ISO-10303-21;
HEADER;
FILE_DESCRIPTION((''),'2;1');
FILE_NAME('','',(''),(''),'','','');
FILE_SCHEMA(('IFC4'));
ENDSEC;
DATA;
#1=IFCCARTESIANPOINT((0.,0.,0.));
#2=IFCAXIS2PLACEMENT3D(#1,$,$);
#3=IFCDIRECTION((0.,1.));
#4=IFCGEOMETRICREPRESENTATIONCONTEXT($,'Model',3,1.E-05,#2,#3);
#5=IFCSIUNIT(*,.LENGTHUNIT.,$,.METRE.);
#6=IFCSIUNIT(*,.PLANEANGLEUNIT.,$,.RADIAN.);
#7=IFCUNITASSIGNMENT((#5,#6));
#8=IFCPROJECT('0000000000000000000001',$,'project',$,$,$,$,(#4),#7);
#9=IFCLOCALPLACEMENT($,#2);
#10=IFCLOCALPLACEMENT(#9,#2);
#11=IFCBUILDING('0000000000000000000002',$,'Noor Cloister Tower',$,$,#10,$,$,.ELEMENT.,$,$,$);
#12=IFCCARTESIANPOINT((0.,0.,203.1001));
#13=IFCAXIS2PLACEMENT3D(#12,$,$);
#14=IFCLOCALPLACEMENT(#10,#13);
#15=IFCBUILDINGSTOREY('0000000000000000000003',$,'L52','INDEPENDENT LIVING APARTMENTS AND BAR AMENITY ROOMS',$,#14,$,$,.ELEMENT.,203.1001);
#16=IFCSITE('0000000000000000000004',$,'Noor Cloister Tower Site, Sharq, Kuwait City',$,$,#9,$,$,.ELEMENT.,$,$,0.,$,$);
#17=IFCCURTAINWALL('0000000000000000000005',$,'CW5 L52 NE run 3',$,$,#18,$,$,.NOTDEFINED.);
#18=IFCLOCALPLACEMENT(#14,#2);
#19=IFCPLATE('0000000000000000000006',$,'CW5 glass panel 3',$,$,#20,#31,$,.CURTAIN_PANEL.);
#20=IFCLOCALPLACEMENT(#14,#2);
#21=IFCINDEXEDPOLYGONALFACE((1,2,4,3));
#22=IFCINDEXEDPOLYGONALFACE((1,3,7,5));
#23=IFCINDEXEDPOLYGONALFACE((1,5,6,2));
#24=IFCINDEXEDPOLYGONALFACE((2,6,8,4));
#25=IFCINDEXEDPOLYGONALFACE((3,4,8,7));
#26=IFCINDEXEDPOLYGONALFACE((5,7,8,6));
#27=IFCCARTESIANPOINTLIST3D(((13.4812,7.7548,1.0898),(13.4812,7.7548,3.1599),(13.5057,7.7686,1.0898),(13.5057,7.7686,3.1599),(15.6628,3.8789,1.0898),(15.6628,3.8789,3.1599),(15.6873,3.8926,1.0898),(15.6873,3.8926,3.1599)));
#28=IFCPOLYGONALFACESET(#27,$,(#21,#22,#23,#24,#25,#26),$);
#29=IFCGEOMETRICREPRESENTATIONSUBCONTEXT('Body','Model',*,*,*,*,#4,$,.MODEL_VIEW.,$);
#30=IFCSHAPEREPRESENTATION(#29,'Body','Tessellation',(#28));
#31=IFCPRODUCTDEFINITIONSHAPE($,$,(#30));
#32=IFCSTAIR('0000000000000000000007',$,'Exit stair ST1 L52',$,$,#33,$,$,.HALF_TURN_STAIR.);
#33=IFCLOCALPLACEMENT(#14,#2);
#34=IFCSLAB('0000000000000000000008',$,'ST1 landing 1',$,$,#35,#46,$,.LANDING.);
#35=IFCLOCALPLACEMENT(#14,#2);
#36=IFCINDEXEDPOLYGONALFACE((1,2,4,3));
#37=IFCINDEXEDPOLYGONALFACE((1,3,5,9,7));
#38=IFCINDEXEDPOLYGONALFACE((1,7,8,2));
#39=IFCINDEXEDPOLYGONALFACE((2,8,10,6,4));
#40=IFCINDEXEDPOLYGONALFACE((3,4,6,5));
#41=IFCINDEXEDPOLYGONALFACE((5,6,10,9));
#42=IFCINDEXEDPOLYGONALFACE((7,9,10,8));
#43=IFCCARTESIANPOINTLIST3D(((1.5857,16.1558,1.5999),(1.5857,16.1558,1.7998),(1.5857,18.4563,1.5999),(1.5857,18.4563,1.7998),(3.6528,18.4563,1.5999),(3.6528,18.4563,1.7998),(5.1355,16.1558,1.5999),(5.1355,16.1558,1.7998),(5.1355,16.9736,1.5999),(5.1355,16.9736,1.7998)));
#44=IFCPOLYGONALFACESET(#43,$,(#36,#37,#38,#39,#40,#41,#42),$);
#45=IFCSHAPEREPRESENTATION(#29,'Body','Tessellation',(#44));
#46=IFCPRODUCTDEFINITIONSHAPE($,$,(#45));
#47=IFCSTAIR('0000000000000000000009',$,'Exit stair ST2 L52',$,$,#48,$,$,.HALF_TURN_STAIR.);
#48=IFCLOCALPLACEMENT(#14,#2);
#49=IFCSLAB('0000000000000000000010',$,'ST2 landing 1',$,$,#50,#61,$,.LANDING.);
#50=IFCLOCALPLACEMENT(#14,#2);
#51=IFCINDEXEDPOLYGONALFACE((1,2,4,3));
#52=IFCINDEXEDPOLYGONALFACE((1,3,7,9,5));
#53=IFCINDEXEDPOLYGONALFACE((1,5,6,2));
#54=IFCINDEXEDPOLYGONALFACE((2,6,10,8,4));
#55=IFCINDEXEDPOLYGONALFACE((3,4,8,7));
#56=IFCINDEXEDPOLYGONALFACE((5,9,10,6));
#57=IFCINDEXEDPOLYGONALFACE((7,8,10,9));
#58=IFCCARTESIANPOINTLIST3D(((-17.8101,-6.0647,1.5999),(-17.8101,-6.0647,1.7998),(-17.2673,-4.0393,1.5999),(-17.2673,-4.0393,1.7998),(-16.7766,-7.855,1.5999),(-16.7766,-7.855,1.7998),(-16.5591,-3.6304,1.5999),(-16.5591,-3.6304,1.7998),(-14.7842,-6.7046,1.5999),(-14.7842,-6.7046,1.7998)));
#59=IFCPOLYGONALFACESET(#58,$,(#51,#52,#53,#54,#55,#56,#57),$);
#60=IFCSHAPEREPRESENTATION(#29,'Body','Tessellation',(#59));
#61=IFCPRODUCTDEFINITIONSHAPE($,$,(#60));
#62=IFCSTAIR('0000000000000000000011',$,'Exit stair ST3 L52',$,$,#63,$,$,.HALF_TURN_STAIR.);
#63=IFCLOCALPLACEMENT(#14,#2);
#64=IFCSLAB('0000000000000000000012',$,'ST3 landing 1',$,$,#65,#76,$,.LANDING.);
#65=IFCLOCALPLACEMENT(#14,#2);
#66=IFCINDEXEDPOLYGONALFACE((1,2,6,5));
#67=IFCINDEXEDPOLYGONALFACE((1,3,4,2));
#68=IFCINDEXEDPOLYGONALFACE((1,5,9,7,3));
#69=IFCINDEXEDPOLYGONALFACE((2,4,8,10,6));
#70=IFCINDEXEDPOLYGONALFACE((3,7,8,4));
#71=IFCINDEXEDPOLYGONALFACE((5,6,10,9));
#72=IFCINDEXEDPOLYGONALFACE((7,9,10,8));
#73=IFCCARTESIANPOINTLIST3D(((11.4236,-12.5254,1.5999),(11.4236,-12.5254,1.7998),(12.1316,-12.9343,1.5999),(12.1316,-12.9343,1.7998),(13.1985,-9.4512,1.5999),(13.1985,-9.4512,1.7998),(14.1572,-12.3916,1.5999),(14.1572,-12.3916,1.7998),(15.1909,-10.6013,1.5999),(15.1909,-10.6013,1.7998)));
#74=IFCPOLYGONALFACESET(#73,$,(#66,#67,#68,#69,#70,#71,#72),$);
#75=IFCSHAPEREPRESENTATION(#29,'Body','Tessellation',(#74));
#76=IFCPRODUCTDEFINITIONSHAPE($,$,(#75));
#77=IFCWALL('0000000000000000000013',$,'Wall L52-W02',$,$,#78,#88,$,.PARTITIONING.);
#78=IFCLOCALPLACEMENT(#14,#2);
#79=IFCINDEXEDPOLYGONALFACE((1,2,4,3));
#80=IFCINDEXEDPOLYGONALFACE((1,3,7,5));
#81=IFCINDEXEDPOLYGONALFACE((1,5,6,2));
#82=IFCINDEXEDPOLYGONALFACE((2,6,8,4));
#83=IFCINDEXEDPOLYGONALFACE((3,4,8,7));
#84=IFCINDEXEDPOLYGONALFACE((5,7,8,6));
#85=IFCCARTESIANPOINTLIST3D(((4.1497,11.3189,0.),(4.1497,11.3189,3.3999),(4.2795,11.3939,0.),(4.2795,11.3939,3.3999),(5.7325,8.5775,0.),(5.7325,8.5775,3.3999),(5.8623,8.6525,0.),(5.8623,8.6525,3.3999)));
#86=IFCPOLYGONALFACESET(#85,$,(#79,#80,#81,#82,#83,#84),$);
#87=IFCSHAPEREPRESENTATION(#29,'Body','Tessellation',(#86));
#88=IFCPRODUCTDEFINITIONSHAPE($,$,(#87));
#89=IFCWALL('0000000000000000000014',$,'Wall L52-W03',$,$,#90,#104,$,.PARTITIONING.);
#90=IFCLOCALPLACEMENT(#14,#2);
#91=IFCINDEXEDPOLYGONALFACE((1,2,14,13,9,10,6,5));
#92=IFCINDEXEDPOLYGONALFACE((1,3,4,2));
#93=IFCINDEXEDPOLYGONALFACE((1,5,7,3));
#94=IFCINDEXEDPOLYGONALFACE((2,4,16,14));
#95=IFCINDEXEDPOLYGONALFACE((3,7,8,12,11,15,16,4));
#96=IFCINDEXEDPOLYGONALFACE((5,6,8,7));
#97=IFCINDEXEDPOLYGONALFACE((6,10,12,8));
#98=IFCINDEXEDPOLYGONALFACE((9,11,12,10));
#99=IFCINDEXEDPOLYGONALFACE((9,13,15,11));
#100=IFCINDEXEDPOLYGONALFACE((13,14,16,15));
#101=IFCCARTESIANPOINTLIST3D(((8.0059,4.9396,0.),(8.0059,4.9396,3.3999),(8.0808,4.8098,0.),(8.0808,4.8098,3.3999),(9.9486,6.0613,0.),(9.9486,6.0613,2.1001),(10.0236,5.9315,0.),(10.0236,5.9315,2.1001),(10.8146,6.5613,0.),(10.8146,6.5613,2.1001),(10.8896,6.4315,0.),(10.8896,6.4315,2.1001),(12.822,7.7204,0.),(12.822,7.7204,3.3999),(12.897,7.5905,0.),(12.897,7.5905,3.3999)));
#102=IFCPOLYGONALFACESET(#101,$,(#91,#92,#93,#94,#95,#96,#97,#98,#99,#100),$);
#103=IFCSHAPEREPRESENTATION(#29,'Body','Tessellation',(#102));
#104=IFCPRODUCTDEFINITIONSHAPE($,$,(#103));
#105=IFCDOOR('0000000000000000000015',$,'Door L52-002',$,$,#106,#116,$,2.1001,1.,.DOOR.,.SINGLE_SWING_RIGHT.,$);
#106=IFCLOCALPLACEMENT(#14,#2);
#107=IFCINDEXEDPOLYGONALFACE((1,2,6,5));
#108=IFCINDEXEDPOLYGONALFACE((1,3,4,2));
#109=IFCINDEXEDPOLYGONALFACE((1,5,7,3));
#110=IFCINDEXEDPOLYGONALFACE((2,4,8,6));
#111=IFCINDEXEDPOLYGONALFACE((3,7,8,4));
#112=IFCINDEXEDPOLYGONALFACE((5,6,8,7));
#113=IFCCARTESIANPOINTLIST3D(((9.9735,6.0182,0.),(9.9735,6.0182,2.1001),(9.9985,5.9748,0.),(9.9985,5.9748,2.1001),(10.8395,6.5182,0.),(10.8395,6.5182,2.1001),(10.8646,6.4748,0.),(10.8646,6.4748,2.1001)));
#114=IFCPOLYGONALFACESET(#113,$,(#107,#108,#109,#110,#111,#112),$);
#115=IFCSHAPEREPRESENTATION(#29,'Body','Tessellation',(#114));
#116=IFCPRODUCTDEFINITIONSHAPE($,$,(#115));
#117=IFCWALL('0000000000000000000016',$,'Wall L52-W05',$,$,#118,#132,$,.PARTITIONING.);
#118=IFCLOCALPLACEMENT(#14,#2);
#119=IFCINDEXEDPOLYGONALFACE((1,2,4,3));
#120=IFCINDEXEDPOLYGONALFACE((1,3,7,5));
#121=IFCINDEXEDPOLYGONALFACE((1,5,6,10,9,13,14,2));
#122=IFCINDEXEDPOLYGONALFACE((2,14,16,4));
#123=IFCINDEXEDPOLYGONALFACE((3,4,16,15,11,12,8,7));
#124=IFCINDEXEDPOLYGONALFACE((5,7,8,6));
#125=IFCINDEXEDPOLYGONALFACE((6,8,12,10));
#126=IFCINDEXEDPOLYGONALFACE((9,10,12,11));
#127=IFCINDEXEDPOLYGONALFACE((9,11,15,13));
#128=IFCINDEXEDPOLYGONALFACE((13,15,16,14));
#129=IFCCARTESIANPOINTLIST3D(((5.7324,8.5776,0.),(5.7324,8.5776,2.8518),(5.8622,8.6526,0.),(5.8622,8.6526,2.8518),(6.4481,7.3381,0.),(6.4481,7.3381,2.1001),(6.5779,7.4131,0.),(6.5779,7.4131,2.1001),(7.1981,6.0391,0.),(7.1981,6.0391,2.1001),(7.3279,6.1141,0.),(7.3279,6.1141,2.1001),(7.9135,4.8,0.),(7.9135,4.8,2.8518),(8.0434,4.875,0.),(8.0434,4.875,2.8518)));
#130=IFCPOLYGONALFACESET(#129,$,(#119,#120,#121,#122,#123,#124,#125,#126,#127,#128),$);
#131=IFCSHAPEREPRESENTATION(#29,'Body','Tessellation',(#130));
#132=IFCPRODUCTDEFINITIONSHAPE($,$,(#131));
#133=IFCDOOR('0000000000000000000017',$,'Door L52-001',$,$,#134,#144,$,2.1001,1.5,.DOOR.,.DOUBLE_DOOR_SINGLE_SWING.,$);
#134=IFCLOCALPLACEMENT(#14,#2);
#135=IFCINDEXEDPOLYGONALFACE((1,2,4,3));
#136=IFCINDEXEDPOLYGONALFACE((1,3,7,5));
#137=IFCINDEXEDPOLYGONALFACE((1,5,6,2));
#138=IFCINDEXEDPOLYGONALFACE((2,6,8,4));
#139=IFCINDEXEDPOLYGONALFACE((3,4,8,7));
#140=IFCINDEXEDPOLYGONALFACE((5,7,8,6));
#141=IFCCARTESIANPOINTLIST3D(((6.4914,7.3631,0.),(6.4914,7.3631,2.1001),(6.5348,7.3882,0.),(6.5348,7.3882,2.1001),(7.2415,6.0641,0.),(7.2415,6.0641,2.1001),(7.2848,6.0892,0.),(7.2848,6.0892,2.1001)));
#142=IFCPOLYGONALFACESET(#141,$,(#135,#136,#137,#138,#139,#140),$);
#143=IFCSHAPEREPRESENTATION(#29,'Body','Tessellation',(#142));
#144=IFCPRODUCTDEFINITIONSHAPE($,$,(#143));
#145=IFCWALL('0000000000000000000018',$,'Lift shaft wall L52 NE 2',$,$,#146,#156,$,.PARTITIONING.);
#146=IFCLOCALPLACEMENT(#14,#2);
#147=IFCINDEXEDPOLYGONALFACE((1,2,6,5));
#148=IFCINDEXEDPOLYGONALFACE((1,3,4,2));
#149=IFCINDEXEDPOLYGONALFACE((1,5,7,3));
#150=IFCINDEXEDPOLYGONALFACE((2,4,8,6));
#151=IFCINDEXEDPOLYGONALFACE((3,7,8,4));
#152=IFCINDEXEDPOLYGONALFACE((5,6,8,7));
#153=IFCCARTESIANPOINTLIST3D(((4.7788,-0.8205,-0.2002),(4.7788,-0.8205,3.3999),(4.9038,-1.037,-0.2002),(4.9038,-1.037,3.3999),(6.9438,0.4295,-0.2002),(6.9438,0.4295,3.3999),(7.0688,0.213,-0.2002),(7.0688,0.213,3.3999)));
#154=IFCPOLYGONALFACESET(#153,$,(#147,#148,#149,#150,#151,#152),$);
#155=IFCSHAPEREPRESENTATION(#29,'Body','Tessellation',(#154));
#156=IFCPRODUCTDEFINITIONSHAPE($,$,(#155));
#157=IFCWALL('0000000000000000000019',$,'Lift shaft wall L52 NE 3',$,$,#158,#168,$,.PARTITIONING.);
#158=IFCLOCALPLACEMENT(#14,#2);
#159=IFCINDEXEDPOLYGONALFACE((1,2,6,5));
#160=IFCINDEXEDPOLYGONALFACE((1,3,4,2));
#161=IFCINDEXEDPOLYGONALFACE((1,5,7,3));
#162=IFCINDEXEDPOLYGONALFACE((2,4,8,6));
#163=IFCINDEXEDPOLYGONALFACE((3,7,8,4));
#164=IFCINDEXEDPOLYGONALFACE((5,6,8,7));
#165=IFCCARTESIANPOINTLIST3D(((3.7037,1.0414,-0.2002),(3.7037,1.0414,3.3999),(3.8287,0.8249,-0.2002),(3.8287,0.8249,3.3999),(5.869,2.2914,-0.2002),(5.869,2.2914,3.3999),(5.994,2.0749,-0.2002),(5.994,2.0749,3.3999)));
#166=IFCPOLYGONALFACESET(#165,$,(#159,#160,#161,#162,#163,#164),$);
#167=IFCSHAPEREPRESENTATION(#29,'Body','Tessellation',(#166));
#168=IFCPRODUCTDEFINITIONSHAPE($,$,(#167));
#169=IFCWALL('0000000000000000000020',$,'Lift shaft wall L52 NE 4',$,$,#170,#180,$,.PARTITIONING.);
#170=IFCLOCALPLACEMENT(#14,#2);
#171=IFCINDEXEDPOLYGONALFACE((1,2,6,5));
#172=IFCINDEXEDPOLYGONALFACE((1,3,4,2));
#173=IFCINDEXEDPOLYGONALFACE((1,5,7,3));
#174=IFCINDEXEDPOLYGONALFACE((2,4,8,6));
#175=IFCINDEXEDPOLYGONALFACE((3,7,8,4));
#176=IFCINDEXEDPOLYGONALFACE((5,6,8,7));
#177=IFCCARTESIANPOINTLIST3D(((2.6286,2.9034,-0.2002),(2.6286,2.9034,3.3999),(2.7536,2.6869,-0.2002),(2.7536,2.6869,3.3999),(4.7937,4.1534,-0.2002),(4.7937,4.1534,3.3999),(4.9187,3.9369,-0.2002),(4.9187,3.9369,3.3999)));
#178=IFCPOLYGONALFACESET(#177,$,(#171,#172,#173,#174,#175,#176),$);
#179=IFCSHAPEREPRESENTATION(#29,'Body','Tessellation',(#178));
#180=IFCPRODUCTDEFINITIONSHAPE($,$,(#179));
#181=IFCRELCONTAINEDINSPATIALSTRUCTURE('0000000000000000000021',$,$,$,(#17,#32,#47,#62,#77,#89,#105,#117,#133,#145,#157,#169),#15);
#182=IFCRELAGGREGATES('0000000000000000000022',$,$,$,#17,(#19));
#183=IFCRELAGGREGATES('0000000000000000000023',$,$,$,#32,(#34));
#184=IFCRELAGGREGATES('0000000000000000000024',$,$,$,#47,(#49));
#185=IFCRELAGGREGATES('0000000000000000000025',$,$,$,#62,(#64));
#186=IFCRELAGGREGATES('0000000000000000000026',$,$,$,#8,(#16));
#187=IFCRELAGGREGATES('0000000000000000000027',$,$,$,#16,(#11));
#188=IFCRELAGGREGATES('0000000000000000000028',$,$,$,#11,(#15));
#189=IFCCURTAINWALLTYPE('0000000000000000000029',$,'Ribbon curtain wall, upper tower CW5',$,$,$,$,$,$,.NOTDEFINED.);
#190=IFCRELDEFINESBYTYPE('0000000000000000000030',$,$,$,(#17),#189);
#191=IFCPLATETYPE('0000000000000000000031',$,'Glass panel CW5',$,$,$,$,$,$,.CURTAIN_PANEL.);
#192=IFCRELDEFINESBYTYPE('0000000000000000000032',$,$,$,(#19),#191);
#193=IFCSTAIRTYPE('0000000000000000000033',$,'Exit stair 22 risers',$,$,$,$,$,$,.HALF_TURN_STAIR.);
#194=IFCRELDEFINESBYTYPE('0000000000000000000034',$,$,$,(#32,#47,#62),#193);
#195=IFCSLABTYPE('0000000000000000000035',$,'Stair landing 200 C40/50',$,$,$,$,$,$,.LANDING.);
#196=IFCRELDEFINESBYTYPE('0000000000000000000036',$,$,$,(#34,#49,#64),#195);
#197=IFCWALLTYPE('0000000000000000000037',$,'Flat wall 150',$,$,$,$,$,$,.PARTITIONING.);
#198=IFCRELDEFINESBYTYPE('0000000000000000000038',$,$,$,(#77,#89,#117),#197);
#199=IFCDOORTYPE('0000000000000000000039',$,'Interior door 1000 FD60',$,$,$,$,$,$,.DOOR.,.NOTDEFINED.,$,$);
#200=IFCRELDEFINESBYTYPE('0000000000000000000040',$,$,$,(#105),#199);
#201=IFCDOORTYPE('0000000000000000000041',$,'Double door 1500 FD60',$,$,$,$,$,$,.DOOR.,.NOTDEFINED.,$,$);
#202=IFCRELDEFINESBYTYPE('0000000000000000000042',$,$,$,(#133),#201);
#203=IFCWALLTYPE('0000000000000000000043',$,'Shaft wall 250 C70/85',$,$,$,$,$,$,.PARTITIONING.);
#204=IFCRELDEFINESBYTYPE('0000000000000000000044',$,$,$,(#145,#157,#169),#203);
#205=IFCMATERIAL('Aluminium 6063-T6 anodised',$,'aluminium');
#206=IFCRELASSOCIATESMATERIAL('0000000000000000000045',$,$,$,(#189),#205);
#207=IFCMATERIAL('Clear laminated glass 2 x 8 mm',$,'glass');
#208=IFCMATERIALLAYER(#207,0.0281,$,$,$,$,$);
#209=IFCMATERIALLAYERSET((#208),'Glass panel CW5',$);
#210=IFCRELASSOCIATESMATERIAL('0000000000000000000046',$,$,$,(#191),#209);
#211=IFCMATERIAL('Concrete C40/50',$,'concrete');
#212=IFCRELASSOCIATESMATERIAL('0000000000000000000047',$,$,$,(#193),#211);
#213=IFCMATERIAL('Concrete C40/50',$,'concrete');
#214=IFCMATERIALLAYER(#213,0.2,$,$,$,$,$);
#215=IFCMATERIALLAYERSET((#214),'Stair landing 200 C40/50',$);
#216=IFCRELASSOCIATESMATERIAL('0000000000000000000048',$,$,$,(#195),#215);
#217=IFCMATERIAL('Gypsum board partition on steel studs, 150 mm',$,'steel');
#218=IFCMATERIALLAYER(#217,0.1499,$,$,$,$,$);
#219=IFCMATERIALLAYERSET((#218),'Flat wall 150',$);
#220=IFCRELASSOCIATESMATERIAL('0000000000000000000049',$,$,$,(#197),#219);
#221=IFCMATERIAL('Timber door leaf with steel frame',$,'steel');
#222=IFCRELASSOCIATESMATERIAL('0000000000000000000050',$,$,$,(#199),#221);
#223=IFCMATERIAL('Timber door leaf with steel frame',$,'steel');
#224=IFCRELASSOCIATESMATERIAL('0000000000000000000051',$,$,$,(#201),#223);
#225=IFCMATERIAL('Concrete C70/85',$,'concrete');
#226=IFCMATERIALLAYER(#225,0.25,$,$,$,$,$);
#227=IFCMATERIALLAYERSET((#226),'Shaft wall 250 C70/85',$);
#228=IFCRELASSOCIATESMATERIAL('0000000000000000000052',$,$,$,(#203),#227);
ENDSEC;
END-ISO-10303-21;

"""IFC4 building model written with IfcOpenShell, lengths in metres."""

from ifc_helpers import new_model, si_unit, direction, frame, frame_2d, origin, origin_2d, place, context, subcontext, project, spatial, polyline, rectangle, outline, extrude, material, layer, layer_set, type_object, element, fill, aggregate, save


model = new_model("IFC4")

# Units and contexts
model_context = context("Model", 3, precision=1e-05, world=origin(), true_north=direction((0.0, 1.0)))
body_context = subcontext(model_context, "Body", "Model", "MODEL_VIEW")
ifc_project = project(units=[si_unit("LENGTHUNIT", "METRE"), si_unit("PLANEANGLEUNIT", "RADIAN")], contexts=[model_context])

# Site, building, storey
site_placement = place(None, origin())
site = spatial("IfcSite", under=ifc_project, at=site_placement, Name="Noor Cloister Tower Site, Sharq, Kuwait City", CompositionType="ELEMENT", RefElevation=0.0)
building_placement = place(site_placement, origin())
building = spatial("IfcBuilding", under=site, at=building_placement, Name="Noor Cloister Tower", CompositionType="ELEMENT")
storey_placement = place(building_placement, frame((0.0, 0.0, 203.1001)))
storey = spatial("IfcBuildingStorey", under=building, at=storey_placement, Name="L52", Description="INDEPENDENT LIVING APARTMENTS AND BAR AMENITY ROOMS", CompositionType="ELEMENT", Elevation=203.1001)

# Curtain wall
ifc_material_1 = material(Name="Aluminium 6063-T6 anodised", Category="aluminium")
curtain_wall_type = type_object("IfcCurtainWallType", Name="Ribbon curtain wall, upper tower CW5", PredefinedType="NOTDEFINED", material=ifc_material_1)
curtain_wall_placement = place(storey_placement, origin())
curtain_wall = element("IfcCurtainWall", 1, at=curtain_wall_placement, inside=storey, type_object=curtain_wall_type, Name="CW5 L52 NE run 3", PredefinedType="NOTDEFINED")

# Plate
ifc_material_2 = material(Name="Clear laminated glass 2 x 8 mm", Category="glass")
ifc_layer_1 = layer(ifc_material_2, 0.0281)
ifc_layer_set_1 = layer_set([ifc_layer_1], Name="Glass panel CW5")
plate_type = type_object("IfcPlateType", Name="Glass panel CW5", PredefinedType="CURTAIN_PANEL", material=ifc_layer_set_1)
plate_1_placement = place(storey_placement, frame((14.5842, 5.8237, 1.0898), z_axis=(0.0, 0.0, 1.0), x_axis=(-0.490491, 0.871446, 0.0)))
plate_1 = element("IfcPlate", 2, at=plate_1_placement, type_object=plate_type, Name="CW5 glass panel 3", PredefinedType="CURTAIN_PANEL", context=body_context, shape_type="SweptSolid", body=[
    extrude(rectangle(XDim=4.4478, YDim=0.0281, at=origin_2d()), origin(), (0.0, 0.0, 1.0), 2.0701),
])
aggregate(curtain_wall, [plate_1])

# Stairs, slabs
ifc_material_3 = material(Name="Concrete C40/50", Category="concrete")
stair_type = type_object("IfcStairType", Name="Exit stair 22 risers", PredefinedType="HALF_TURN_STAIR", material=ifc_material_3)
stair_1_placement = place(storey_placement, origin())
stair_1 = element("IfcStair", 3, at=stair_1_placement, inside=storey, type_object=stair_type, Name="Exit stair ST1 L52", PredefinedType="HALF_TURN_STAIR")
ifc_material_4 = material(Name="Concrete C40/50", Category="concrete")
ifc_layer_2 = layer(ifc_material_4, 0.2)
ifc_layer_set_2 = layer_set([ifc_layer_2], Name="Stair landing 200 C40/50")
slab_type_1 = type_object("IfcSlabType", Name="Stair landing 200 C40/50", PredefinedType="LANDING", material=ifc_layer_set_2)
slab_1_placement = place(storey_placement, frame((0.0, 0.0, 1.5999)))
slab_1 = element("IfcSlab", 4, at=slab_1_placement, type_object=slab_type_1, Name="ST1 landing 1", PredefinedType="LANDING", context=body_context, shape_type="SweptSolid", body=[
    extrude(outline(polyline([(5.1355, 16.1558), (5.1355, 16.9736), (3.6528, 18.4563), (1.5857, 18.4563), (1.5857, 16.1558), (5.1355, 16.1558)])), origin(), (0.0, 0.0, 1.0), 0.2),
])
aggregate(stair_1, [slab_1])
stair_2_placement = place(storey_placement, origin())
stair_2 = element("IfcStair", 5, at=stair_2_placement, inside=storey, type_object=stair_type, Name="Exit stair ST2 L52", PredefinedType="HALF_TURN_STAIR")
slab_2_placement = place(storey_placement, frame((0.0, 0.0, 1.5999)))
slab_2 = element("IfcSlab", 6, at=slab_2_placement, type_object=slab_type_1, Name="ST2 landing 1", PredefinedType="LANDING", context=body_context, shape_type="SweptSolid", body=[
    extrude(outline(polyline([(-16.5591, -3.6304), (-17.2673, -4.0393), (-17.8101, -6.0647), (-16.7766, -7.855), (-14.7842, -6.7046), (-16.5591, -3.6304)])), origin(), (0.0, 0.0, 1.0), 0.2),
])
aggregate(stair_2, [slab_2])
stair_3_placement = place(storey_placement, origin())
stair_3 = element("IfcStair", 7, at=stair_3_placement, inside=storey, type_object=stair_type, Name="Exit stair ST3 L52", PredefinedType="HALF_TURN_STAIR")
slab_3_placement = place(storey_placement, frame((0.0, 0.0, 1.5999)))
slab_3 = element("IfcSlab", 8, at=slab_3_placement, type_object=slab_type_1, Name="ST3 landing 1", PredefinedType="LANDING", context=body_context, shape_type="SweptSolid", body=[
    extrude(outline(polyline([(11.4236, -12.5254), (12.1316, -12.9343), (14.1572, -12.3916), (15.1909, -10.6013), (13.1985, -9.4512), (11.4236, -12.5254)])), origin(), (0.0, 0.0, 1.0), 0.2),
])
aggregate(stair_3, [slab_3])

# Wall
ifc_material_5 = material(Name="Gypsum board partition on steel studs, 150 mm", Category="steel")
ifc_layer_3 = layer(ifc_material_5, 0.1499)
ifc_layer_set_3 = layer_set([ifc_layer_3], Name="Flat wall 150")
wall_type_1 = type_object("IfcWallType", Name="Flat wall 150", PredefinedType="PARTITIONING", material=ifc_layer_set_3)
wall_1_placement = place(storey_placement, frame((5.7974, 8.615, 0.0), z_axis=(0.0, 0.0, 1.0), x_axis=(-0.499996, 0.866028, 0.0)))
element("IfcWall", 9, at=wall_1_placement, inside=storey, type_object=wall_type_1, Name="Wall L52-W02", PredefinedType="PARTITIONING", context=body_context, shape_type="SweptSolid", body=[
    extrude(rectangle(XDim=3.1655, YDim=0.1499, at=frame_2d((1.5828, 0.0))), origin(), (0.0, 0.0, 1.0), 3.3999),
])

# Walls, openings, doors
wall_2_placement = place(storey_placement, frame((12.8596, 7.6555, 0.0), z_axis=(0.0, 0.0, 1.0), x_axis=(-0.866014, -0.50002, 0.0)))
wall_2 = element("IfcWall", 10, at=wall_2_placement, inside=storey, type_object=wall_type_1, Name="Wall L52-W03", PredefinedType="PARTITIONING", context=body_context, shape_type="SweptSolid", body=[
    extrude(rectangle(XDim=5.5613, YDim=0.1499, at=frame_2d((2.7808, 0.0))), origin(), (0.0, 0.0, 1.0), 3.3999),
])
opening_1_placement = place(wall_2_placement, frame((2.3181, 0.0, 0.0)))
opening_1 = element("IfcOpeningElement", 11, at=opening_1_placement, cuts=wall_2, PredefinedType="OPENING", context=body_context, shape_type="SweptSolid", body=[
    extrude(rectangle(XDim=1.0, YDim=2.1001, at=frame_2d((0.5, 1.05))), frame((0.0, 0.085, 0.0), z_axis=(0.0, -1.0, 0.0), x_axis=(1.0, 0.0, 0.0)), (0.0, 0.0, 1.0), 0.1699),
])
ifc_material_6 = material(Name="Timber door leaf with steel frame", Category="steel")
door_type_1 = type_object("IfcDoorType", Name="Interior door 1000 FD60", OperationType="NOTDEFINED", PredefinedType="DOOR", material=ifc_material_6)
door_1_placement = place(opening_1_placement, origin())
door_1 = element("IfcDoor", 12, at=door_1_placement, inside=storey, type_object=door_type_1, Name="Door L52-002", OperationType="SINGLE_SWING_RIGHT", OverallHeight=2.1001, OverallWidth=1.0, PredefinedType="DOOR", context=body_context, shape_type="SweptSolid", body=[
    extrude(rectangle(XDim=1.0, YDim=2.1001, at=frame_2d((0.5, 1.05))), frame((0.0, 0.0249, 0.0), z_axis=(0.0, -1.0, 0.0), x_axis=(1.0, 0.0, 0.0)), (0.0, 0.0, 1.0), 0.05),
])
fill(opening_1, door_1)
wall_3_placement = place(storey_placement, frame((7.9785, 4.8374, 0.0), z_axis=(0.0, 0.0, 1.0), x_axis=(-0.500028, 0.866009, 0.0)))
wall_3 = element("IfcWall", 13, at=wall_3_placement, inside=storey, type_object=wall_type_1, Name="Wall L52-W05", PredefinedType="PARTITIONING", context=body_context, shape_type="SweptSolid", body=[
    extrude(rectangle(XDim=4.3621, YDim=0.1499, at=frame_2d((2.1812, 0.0))), origin(), (0.0, 0.0, 1.0), 2.8518),
])
opening_2_placement = place(wall_3_placement, frame((1.4309, 0.0, 0.0)))
opening_2 = element("IfcOpeningElement", 14, at=opening_2_placement, cuts=wall_3, PredefinedType="OPENING", context=body_context, shape_type="SweptSolid", body=[
    extrude(rectangle(XDim=1.5, YDim=2.1001, at=frame_2d((0.75, 1.05))), frame((0.0, 0.085, 0.0), z_axis=(0.0, -1.0, 0.0), x_axis=(1.0, 0.0, 0.0)), (0.0, 0.0, 1.0), 0.1699),
])
ifc_material_7 = material(Name="Timber door leaf with steel frame", Category="steel")
door_type_2 = type_object("IfcDoorType", Name="Double door 1500 FD60", OperationType="NOTDEFINED", PredefinedType="DOOR", material=ifc_material_7)
door_2_placement = place(opening_2_placement, origin())
door_2 = element("IfcDoor", 15, at=door_2_placement, inside=storey, type_object=door_type_2, Name="Door L52-001", OperationType="DOUBLE_DOOR_SINGLE_SWING", OverallHeight=2.1001, OverallWidth=1.5, PredefinedType="DOOR", context=body_context, shape_type="SweptSolid", body=[
    extrude(rectangle(XDim=1.5, YDim=2.1001, at=frame_2d((0.75, 1.05))), frame((0.0, 0.0249, 0.0), z_axis=(0.0, -1.0, 0.0), x_axis=(1.0, 0.0, 0.0)), (0.0, 0.0, 1.0), 0.05),
])
fill(opening_2, door_2)

# Walls
ifc_material_8 = material(Name="Concrete C70/85", Category="concrete")
ifc_layer_4 = layer(ifc_material_8, 0.25)
ifc_layer_set_4 = layer_set([ifc_layer_4], Name="Shaft wall 250 C70/85")
wall_type_2 = type_object("IfcWallType", Name="Shaft wall 250 C70/85", PredefinedType="PARTITIONING", material=ifc_layer_set_4)
wall_4_placement = place(storey_placement, frame((7.0063, 0.3213, -0.2002), z_axis=(0.0, 0.0, 1.0), x_axis=(-0.866023, -0.500004, 0.0)))
element("IfcWall", 16, at=wall_4_placement, inside=storey, type_object=wall_type_2, Name="Lift shaft wall L52 NE 2", PredefinedType="PARTITIONING", context=body_context, shape_type="SweptSolid", body=[
    extrude(rectangle(XDim=2.5, YDim=0.25, at=frame_2d((1.25, 0.0))), origin(), (0.0, 0.0, 1.0), 3.6001),
])
wall_5_placement = place(storey_placement, frame((5.9314, 2.1831, -0.2002), z_axis=(0.0, 0.0, 1.0), x_axis=(-0.866047, -0.499962, 0.0)))
element("IfcWall", 17, at=wall_5_placement, inside=storey, type_object=wall_type_2, Name="Lift shaft wall L52 NE 3", PredefinedType="PARTITIONING", context=body_context, shape_type="SweptSolid", body=[
    extrude(rectangle(XDim=2.5002, YDim=0.25, at=frame_2d((1.25, 0.0))), origin(), (0.0, 0.0, 1.0), 3.6001),
])
for number, where, z_axis, x_axis, name in (
    (18, (4.8562, 4.0452, -0.2002), (0.0, 0.0, 1.0), (-0.866023, -0.500004, 0.0), "Lift shaft wall L52 NE 4"),
):
    element("IfcWall", number, at=place(storey_placement, frame(where, z_axis=z_axis, x_axis=x_axis)), inside=storey, type_object=wall_type_2, Name=name, PredefinedType="PARTITIONING", context=body_context, shape_type="SweptSolid", body=[
        extrude(rectangle(XDim=2.5, YDim=0.25, at=frame_2d((1.25, 0.0))), origin(), (0.0, 0.0, 1.0), 3.6001),
    ])

save(model, "model.ifc")
